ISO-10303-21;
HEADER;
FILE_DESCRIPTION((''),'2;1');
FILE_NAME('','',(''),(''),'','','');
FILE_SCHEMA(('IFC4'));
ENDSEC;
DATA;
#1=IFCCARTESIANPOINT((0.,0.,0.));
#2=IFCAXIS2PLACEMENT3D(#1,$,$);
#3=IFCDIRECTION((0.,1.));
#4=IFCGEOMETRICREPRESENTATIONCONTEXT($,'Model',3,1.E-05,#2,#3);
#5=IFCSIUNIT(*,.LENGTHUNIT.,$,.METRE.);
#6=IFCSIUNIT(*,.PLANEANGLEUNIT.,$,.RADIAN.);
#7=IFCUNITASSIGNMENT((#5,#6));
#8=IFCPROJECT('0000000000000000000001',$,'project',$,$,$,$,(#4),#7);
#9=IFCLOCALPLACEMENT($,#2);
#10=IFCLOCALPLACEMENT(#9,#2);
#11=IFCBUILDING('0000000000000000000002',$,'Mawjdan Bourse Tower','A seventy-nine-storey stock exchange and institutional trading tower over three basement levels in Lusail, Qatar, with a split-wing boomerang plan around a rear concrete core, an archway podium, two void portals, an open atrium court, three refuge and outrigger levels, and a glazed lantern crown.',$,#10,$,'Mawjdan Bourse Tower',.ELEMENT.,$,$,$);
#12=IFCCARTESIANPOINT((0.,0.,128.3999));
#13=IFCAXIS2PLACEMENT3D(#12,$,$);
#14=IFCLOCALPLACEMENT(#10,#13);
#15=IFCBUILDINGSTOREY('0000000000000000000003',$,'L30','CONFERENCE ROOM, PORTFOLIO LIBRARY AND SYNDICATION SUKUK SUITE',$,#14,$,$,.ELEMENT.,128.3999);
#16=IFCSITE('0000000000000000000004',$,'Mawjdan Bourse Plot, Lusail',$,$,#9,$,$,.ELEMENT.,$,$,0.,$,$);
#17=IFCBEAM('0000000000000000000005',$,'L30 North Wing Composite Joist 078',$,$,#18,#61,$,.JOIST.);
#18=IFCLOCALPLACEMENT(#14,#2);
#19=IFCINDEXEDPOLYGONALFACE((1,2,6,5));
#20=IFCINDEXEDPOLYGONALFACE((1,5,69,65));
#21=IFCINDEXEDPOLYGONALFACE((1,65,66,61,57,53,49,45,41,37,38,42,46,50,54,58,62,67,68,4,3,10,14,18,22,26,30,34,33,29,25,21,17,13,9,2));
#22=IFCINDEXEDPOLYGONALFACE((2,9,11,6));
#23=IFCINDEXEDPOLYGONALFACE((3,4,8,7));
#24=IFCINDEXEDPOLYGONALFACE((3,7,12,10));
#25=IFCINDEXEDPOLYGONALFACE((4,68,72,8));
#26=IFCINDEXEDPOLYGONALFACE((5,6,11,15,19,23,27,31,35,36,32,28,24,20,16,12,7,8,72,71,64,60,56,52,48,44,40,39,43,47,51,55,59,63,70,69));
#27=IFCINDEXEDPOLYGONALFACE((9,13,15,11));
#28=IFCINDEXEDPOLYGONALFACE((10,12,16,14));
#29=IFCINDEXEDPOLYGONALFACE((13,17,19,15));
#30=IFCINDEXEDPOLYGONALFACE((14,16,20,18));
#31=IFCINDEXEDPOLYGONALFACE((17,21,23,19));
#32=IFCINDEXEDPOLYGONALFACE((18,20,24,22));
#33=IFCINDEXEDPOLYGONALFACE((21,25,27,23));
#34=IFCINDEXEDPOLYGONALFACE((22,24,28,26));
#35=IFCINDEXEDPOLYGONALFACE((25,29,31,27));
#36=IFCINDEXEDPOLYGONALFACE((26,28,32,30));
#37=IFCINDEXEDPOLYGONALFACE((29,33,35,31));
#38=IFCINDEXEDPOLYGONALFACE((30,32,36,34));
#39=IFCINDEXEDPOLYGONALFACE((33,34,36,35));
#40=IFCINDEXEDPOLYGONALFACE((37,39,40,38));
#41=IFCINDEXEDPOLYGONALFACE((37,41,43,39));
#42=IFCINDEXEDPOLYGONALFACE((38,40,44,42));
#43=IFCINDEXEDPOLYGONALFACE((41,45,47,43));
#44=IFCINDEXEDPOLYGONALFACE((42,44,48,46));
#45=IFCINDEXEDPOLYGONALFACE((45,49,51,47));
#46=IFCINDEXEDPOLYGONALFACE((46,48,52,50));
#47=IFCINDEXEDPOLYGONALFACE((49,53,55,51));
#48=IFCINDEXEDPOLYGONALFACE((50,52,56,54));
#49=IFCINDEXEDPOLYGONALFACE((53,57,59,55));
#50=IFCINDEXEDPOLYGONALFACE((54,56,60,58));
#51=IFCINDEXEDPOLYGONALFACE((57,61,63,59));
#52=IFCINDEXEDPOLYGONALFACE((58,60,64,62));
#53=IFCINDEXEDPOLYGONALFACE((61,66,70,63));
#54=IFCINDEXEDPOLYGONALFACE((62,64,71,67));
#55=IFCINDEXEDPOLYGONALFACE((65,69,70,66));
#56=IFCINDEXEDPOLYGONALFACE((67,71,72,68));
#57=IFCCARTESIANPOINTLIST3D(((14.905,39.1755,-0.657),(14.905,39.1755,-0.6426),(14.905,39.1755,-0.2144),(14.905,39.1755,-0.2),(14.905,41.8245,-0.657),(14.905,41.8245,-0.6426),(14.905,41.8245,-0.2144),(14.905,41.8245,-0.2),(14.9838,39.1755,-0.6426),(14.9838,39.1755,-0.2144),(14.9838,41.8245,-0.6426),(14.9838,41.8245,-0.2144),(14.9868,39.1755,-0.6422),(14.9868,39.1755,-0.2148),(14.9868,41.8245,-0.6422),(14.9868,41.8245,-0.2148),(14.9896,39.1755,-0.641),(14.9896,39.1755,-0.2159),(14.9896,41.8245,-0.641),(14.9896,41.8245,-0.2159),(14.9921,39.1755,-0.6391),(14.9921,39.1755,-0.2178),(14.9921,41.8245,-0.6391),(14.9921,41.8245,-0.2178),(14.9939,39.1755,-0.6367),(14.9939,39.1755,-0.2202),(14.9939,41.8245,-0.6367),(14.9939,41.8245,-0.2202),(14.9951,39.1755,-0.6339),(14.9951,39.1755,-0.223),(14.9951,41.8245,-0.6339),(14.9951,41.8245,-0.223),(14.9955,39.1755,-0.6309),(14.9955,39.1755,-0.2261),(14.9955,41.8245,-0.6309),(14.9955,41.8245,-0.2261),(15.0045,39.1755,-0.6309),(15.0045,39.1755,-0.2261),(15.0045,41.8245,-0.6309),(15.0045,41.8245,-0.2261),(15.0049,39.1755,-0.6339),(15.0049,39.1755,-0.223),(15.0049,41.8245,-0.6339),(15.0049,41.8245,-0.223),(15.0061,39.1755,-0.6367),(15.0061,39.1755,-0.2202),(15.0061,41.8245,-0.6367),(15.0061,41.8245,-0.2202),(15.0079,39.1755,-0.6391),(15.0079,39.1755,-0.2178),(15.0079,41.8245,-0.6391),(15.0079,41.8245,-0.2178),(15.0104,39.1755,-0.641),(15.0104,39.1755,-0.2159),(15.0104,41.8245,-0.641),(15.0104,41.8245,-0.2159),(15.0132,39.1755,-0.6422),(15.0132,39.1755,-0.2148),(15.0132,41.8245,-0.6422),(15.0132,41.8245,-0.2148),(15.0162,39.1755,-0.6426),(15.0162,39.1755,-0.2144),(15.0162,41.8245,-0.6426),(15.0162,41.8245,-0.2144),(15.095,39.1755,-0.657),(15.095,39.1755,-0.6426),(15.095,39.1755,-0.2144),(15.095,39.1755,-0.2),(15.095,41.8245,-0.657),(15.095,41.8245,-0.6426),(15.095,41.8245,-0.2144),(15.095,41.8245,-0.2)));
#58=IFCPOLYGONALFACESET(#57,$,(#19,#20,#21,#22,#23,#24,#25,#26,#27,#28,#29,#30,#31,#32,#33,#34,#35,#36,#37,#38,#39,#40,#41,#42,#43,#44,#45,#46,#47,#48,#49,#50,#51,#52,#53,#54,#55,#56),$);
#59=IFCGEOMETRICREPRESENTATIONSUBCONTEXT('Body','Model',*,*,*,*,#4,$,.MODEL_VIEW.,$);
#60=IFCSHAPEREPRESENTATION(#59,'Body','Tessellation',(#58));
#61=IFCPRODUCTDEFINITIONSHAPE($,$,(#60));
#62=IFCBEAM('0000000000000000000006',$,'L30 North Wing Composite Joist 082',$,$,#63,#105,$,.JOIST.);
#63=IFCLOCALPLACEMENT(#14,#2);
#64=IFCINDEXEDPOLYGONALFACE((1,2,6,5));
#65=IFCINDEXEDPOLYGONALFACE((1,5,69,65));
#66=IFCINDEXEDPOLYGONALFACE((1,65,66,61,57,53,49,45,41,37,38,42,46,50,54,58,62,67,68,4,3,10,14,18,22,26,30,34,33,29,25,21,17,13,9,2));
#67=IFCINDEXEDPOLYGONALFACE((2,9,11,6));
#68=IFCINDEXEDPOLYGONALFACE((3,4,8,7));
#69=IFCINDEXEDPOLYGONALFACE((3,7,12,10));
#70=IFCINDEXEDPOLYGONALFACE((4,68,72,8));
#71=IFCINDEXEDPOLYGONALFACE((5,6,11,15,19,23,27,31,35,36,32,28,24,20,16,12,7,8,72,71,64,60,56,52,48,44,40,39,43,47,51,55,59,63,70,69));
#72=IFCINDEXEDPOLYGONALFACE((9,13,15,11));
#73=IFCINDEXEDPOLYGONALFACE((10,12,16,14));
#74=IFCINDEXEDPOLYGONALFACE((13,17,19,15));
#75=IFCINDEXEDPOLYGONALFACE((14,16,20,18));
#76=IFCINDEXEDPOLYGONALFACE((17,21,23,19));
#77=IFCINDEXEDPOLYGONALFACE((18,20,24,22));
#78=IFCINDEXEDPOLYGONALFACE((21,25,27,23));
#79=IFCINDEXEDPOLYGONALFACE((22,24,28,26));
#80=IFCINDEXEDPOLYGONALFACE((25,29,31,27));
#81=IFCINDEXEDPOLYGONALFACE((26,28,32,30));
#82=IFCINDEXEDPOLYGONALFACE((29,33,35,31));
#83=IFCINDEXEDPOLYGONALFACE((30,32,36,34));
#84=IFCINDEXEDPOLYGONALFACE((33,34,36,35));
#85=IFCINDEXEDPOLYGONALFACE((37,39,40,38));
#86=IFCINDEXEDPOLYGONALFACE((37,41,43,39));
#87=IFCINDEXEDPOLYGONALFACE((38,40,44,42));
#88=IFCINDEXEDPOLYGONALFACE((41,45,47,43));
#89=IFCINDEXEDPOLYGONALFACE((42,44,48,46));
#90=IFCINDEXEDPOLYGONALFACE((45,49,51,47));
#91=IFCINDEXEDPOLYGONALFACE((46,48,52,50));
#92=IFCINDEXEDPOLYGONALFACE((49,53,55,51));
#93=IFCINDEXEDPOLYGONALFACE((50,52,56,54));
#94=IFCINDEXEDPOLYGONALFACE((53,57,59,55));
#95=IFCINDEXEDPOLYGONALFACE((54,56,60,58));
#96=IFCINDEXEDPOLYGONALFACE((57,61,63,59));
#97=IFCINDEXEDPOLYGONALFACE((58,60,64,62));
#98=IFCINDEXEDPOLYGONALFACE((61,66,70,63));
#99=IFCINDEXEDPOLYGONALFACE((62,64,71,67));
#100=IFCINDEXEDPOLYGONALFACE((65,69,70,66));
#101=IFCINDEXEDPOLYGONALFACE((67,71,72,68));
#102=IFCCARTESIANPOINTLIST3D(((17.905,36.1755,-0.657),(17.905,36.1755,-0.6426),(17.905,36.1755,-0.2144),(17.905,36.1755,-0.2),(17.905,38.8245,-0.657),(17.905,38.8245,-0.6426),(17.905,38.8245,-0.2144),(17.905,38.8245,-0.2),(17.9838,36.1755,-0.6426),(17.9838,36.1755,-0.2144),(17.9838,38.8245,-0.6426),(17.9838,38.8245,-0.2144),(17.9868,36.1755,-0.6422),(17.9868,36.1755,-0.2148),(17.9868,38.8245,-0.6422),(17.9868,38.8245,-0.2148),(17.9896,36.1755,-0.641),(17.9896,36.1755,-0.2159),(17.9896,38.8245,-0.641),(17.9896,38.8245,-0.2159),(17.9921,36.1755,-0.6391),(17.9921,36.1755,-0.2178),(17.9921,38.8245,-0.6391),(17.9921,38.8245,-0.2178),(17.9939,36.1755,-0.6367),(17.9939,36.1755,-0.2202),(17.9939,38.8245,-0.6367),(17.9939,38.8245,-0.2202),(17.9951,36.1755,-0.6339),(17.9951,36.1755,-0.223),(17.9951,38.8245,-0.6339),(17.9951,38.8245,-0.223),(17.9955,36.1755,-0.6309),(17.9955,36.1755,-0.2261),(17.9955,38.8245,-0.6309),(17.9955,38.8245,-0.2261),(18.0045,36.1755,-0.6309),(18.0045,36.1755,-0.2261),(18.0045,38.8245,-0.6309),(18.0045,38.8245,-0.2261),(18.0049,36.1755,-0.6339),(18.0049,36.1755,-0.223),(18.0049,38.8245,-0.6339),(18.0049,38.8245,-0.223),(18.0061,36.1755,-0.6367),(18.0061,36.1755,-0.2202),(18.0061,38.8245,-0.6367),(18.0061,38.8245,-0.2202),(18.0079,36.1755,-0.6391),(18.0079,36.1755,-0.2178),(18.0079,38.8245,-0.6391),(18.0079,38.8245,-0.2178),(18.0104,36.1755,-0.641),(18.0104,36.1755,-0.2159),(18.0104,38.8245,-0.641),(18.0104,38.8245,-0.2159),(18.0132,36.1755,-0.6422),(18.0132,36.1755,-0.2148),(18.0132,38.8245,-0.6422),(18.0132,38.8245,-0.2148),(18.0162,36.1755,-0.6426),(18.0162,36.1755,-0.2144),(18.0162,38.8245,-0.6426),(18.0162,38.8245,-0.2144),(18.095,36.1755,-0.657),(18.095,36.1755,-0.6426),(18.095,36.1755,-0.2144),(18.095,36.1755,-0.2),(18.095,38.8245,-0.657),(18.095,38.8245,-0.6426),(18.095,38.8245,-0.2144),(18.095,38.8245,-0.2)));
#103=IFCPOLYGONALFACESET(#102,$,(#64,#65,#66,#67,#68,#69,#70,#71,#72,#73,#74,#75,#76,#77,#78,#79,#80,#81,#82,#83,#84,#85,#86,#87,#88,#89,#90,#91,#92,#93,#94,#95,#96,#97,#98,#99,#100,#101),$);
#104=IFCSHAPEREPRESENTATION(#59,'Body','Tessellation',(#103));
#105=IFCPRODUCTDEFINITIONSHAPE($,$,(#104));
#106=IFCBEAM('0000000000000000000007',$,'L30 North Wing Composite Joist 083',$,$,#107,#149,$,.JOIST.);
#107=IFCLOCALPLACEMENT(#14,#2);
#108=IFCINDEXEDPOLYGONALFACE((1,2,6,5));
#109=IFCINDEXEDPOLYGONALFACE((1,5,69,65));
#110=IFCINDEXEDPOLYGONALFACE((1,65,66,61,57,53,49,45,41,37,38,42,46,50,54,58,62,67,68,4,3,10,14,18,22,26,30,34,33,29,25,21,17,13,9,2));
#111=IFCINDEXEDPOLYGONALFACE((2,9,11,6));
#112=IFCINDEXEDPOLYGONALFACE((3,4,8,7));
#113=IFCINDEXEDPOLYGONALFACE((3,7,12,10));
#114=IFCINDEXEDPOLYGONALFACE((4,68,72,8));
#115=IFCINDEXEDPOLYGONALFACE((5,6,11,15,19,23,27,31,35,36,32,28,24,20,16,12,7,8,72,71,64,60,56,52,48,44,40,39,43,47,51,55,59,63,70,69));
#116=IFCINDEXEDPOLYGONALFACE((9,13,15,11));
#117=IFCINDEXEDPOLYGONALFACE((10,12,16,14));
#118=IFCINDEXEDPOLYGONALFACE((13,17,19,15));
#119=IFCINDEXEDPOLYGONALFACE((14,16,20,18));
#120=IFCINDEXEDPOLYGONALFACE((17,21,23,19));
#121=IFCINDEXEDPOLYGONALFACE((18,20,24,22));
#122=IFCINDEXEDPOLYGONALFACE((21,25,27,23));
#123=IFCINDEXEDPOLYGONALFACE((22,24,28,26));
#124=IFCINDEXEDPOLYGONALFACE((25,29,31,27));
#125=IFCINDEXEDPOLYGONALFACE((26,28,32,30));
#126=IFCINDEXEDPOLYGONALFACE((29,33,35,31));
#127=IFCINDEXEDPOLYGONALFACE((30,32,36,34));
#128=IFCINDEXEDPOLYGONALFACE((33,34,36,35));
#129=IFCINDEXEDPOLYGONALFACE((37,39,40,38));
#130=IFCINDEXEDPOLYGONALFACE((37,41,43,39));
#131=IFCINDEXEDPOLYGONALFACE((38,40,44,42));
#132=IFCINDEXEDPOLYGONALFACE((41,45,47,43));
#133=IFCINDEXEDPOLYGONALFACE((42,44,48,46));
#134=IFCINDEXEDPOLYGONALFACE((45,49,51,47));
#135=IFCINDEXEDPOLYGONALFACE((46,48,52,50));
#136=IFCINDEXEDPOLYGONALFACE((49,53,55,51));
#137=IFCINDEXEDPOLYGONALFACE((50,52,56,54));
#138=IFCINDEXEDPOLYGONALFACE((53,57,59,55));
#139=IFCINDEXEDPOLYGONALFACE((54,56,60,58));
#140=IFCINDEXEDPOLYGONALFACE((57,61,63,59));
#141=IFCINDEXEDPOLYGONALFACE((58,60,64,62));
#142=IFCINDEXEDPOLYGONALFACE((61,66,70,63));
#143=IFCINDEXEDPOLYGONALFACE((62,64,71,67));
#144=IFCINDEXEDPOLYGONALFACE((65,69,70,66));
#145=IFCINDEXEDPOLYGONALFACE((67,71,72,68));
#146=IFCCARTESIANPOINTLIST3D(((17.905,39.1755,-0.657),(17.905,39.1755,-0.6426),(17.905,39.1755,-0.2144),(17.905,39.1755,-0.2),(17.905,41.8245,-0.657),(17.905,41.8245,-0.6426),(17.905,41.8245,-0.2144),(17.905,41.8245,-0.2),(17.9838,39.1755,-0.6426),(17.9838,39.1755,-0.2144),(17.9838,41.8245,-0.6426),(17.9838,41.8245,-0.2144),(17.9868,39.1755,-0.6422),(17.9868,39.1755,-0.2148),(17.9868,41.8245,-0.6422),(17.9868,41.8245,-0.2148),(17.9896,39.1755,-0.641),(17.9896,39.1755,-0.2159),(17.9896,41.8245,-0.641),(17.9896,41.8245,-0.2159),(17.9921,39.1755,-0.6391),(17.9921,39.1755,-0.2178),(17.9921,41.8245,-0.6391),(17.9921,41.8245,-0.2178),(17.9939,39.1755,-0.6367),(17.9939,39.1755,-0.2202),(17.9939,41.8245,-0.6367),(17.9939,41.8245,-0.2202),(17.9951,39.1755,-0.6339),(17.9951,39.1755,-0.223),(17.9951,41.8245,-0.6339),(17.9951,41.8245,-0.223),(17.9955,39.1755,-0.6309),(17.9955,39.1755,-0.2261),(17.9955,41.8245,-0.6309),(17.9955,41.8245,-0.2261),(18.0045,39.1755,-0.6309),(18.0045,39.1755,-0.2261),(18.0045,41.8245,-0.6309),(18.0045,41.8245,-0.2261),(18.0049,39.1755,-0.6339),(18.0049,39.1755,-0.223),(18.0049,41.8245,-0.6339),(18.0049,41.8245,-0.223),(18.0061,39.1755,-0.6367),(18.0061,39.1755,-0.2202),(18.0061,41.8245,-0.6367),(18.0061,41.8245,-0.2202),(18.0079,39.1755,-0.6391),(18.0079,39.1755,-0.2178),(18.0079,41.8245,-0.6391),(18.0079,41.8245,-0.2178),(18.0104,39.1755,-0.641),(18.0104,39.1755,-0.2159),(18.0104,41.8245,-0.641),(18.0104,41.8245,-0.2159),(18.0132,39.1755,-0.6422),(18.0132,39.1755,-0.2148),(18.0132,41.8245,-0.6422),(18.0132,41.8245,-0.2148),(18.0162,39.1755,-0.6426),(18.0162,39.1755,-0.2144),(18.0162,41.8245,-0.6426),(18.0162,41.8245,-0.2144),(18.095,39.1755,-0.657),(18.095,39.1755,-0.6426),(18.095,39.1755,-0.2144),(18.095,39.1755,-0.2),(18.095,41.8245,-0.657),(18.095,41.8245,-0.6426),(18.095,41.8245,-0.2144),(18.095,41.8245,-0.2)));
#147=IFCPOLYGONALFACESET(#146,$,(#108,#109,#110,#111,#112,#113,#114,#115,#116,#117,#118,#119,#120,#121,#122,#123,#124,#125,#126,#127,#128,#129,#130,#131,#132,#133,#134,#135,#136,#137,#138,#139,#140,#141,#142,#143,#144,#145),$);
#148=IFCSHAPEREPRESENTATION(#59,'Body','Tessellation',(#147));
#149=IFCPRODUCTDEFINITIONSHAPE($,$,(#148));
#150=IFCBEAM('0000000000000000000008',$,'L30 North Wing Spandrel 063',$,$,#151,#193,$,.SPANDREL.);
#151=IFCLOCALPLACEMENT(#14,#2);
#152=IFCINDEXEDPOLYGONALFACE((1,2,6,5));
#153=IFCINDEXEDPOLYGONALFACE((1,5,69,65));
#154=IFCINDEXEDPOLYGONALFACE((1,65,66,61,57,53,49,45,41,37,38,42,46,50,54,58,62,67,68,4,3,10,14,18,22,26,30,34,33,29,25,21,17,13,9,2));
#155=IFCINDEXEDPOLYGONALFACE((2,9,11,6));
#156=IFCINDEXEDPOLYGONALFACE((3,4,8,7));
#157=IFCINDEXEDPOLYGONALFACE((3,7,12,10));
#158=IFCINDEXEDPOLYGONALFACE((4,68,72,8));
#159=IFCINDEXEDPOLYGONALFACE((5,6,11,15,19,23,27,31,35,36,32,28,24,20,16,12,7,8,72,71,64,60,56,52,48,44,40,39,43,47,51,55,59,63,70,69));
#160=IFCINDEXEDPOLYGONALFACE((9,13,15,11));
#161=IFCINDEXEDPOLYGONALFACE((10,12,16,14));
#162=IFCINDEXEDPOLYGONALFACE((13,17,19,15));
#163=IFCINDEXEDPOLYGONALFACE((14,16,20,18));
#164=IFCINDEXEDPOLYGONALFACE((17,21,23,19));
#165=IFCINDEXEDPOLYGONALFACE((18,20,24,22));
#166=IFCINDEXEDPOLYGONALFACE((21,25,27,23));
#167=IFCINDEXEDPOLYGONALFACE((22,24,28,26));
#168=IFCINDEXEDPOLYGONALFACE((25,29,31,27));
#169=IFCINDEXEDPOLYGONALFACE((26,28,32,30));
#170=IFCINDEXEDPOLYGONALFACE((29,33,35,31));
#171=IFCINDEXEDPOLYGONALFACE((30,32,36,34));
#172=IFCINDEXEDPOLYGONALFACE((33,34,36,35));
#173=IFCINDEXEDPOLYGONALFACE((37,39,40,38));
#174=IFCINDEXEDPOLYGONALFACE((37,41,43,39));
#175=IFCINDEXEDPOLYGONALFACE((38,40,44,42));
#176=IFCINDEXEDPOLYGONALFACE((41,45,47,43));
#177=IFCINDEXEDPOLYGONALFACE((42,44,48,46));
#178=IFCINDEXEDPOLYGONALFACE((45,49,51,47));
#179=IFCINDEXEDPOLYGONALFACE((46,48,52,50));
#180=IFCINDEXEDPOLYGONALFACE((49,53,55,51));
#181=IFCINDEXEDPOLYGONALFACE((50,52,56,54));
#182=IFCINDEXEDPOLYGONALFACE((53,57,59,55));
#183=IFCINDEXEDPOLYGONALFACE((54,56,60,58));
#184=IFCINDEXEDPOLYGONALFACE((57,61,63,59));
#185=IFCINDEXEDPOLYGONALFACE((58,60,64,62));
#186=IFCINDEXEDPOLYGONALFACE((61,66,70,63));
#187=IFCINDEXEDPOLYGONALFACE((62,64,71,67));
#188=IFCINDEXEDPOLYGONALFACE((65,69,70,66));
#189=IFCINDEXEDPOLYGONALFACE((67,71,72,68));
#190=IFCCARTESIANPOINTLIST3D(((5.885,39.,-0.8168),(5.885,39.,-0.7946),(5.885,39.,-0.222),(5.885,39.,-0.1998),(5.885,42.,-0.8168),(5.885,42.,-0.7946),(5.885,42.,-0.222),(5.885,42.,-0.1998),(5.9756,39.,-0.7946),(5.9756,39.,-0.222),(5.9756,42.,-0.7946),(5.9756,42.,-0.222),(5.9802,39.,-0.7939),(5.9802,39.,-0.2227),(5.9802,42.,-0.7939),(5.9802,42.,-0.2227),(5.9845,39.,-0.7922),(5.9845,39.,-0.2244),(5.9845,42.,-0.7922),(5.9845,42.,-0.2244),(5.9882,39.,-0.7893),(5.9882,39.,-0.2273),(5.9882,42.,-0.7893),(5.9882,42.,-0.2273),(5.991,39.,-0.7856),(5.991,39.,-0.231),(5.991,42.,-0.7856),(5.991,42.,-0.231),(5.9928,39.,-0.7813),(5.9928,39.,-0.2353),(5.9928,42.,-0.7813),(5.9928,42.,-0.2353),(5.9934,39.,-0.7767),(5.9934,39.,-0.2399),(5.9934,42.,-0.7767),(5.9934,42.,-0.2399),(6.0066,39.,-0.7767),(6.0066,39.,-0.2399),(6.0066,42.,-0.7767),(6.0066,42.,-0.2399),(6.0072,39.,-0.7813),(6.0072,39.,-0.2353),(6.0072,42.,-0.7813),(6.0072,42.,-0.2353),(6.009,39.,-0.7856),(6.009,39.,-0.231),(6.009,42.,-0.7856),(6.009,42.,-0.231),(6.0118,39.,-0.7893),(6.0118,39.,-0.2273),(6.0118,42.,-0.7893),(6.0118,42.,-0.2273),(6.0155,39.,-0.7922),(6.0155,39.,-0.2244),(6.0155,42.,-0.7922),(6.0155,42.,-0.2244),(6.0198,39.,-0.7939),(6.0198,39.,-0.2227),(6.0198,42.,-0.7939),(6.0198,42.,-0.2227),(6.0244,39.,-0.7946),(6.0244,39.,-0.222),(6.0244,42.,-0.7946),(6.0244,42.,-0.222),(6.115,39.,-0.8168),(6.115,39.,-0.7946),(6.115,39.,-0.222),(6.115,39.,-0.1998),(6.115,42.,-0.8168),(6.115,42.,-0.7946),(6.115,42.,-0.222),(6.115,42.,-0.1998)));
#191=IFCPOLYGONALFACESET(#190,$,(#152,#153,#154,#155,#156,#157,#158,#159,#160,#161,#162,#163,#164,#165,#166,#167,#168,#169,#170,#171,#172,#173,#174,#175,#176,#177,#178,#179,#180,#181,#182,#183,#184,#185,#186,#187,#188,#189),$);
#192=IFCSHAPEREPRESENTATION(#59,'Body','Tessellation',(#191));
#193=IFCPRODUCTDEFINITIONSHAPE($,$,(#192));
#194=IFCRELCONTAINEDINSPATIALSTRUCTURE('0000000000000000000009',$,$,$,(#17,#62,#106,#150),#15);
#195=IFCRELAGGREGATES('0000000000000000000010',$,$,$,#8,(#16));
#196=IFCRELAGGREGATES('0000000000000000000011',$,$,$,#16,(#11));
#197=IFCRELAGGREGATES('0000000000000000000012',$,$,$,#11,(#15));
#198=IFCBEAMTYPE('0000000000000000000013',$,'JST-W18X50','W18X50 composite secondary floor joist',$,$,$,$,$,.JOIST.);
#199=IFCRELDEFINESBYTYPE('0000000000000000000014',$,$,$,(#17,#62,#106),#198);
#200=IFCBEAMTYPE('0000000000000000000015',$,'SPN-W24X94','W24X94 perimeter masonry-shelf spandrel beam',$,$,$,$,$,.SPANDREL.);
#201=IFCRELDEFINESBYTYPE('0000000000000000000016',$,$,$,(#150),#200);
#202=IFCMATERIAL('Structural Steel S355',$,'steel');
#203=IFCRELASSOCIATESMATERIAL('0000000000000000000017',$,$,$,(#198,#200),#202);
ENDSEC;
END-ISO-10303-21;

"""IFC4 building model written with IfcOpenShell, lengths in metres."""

from ifc_helpers import new_model, si_unit, direction, frame, origin, origin_2d, place, context, subcontext, project, spatial, i_section, extrude, material, material_profile, profile_set, type_object, element, save


model = new_model("IFC4")

# Units and contexts
model_context = context("Model", 3, precision=1e-05, world=origin(), true_north=direction((0.0, 1.0)))
body_context = subcontext(model_context, "Body", "Model", "MODEL_VIEW")
ifc_project = project(units=[si_unit("LENGTHUNIT", "METRE"), si_unit("PLANEANGLEUNIT", "RADIAN")], contexts=[model_context])

# Site, building, storey
site_placement = place(None, origin())
site = spatial("IfcSite", under=ifc_project, at=site_placement, Name="Mawjdan Bourse Plot, Lusail", CompositionType="ELEMENT", RefElevation=0.0)
building_placement = place(site_placement, origin())
building = spatial("IfcBuilding", under=site, at=building_placement, Name="Mawjdan Bourse Tower", Description="A seventy-nine-storey stock exchange and institutional trading tower over three basement levels in Lusail, Qatar, with a split-wing boomerang plan around a rear concrete core, an archway podium, two void portals, an open atrium court, three refuge and outrigger levels, and a glazed lantern crown.", LongName="Mawjdan Bourse Tower", CompositionType="ELEMENT")
storey_placement = place(building_placement, frame((0.0, 0.0, 128.3999)))
storey = spatial("IfcBuildingStorey", under=building, at=storey_placement, Name="L30", Description="CONFERENCE ROOM, PORTFOLIO LIBRARY AND SYNDICATION SUKUK SUITE", CompositionType="ELEMENT", Elevation=128.3999)

# Beams
ifc_material_1 = material(Name="Structural Steel S355", Category="steel")
ifc_material_profile_1 = material_profile(ifc_material_1, i_section(OverallWidth=0.1899, OverallDepth=0.457, WebThickness=0.009, FlangeThickness=0.0144, FilletRadius=0.0117, at=origin_2d()), Name="W18X50")
ifc_profile_set_1 = profile_set([ifc_material_profile_1], Name="Structural Steel S355")
beam_type_1 = type_object("IfcBeamType", Name="JST-W18X50", Description="W18X50 composite secondary floor joist", PredefinedType="JOIST", material=ifc_profile_set_1)
for number, where, z_axis, x_axis, name in (
    (1, (15.0, 39.1755, -0.4285), (0.0, 1.0, 0.0), (-1.0, 0.0, 0.0), "L30 North Wing Composite Joist 078"),
    (2, (18.0, 36.1755, -0.4285), (0.0, 1.0, 0.0), (-1.0, 0.0, 0.0), "L30 North Wing Composite Joist 082"),
    (3, (18.0, 39.1755, -0.4285), (0.0, 1.0, 0.0), (-1.0, 0.0, 0.0), "L30 North Wing Composite Joist 083"),
):
    element("IfcBeam", number, at=place(storey_placement, frame(where, z_axis=z_axis, x_axis=x_axis)), inside=storey, type_object=beam_type_1, Name=name, PredefinedType="JOIST", context=body_context, shape_type="SweptSolid", body=[
        extrude(i_section(OverallWidth=0.1899, OverallDepth=0.457, WebThickness=0.009, FlangeThickness=0.0144, FilletRadius=0.0117, at=origin_2d()), origin(), (0.0, 0.0, 1.0), 2.6489),
    ])
ifc_material_profile_2 = material_profile(ifc_material_1, i_section(OverallWidth=0.23, OverallDepth=0.6169, WebThickness=0.0132, FlangeThickness=0.0222, FilletRadius=0.0178, at=origin_2d()), Name="W24X94")
ifc_profile_set_2 = profile_set([ifc_material_profile_2], Name="Structural Steel S355")
beam_type_2 = type_object("IfcBeamType", Name="SPN-W24X94", Description="W24X94 perimeter masonry-shelf spandrel beam", PredefinedType="SPANDREL", material=ifc_profile_set_2)
beam_placement = place(storey_placement, frame((6.0, 39.0, -0.5083), z_axis=(0.0, 1.0, 0.0), x_axis=(-1.0, 0.0, 0.0)))
element("IfcBeam", 4, at=beam_placement, inside=storey, type_object=beam_type_2, Name="L30 North Wing Spandrel 063", PredefinedType="SPANDREL", context=body_context, shape_type="SweptSolid", body=[
    extrude(i_section(OverallWidth=0.23, OverallDepth=0.6169, WebThickness=0.0132, FlangeThickness=0.0222, FilletRadius=0.0178, at=origin_2d()), origin(), (0.0, 0.0, 1.0), 3.0),
])

save(model, "model.ifc")
